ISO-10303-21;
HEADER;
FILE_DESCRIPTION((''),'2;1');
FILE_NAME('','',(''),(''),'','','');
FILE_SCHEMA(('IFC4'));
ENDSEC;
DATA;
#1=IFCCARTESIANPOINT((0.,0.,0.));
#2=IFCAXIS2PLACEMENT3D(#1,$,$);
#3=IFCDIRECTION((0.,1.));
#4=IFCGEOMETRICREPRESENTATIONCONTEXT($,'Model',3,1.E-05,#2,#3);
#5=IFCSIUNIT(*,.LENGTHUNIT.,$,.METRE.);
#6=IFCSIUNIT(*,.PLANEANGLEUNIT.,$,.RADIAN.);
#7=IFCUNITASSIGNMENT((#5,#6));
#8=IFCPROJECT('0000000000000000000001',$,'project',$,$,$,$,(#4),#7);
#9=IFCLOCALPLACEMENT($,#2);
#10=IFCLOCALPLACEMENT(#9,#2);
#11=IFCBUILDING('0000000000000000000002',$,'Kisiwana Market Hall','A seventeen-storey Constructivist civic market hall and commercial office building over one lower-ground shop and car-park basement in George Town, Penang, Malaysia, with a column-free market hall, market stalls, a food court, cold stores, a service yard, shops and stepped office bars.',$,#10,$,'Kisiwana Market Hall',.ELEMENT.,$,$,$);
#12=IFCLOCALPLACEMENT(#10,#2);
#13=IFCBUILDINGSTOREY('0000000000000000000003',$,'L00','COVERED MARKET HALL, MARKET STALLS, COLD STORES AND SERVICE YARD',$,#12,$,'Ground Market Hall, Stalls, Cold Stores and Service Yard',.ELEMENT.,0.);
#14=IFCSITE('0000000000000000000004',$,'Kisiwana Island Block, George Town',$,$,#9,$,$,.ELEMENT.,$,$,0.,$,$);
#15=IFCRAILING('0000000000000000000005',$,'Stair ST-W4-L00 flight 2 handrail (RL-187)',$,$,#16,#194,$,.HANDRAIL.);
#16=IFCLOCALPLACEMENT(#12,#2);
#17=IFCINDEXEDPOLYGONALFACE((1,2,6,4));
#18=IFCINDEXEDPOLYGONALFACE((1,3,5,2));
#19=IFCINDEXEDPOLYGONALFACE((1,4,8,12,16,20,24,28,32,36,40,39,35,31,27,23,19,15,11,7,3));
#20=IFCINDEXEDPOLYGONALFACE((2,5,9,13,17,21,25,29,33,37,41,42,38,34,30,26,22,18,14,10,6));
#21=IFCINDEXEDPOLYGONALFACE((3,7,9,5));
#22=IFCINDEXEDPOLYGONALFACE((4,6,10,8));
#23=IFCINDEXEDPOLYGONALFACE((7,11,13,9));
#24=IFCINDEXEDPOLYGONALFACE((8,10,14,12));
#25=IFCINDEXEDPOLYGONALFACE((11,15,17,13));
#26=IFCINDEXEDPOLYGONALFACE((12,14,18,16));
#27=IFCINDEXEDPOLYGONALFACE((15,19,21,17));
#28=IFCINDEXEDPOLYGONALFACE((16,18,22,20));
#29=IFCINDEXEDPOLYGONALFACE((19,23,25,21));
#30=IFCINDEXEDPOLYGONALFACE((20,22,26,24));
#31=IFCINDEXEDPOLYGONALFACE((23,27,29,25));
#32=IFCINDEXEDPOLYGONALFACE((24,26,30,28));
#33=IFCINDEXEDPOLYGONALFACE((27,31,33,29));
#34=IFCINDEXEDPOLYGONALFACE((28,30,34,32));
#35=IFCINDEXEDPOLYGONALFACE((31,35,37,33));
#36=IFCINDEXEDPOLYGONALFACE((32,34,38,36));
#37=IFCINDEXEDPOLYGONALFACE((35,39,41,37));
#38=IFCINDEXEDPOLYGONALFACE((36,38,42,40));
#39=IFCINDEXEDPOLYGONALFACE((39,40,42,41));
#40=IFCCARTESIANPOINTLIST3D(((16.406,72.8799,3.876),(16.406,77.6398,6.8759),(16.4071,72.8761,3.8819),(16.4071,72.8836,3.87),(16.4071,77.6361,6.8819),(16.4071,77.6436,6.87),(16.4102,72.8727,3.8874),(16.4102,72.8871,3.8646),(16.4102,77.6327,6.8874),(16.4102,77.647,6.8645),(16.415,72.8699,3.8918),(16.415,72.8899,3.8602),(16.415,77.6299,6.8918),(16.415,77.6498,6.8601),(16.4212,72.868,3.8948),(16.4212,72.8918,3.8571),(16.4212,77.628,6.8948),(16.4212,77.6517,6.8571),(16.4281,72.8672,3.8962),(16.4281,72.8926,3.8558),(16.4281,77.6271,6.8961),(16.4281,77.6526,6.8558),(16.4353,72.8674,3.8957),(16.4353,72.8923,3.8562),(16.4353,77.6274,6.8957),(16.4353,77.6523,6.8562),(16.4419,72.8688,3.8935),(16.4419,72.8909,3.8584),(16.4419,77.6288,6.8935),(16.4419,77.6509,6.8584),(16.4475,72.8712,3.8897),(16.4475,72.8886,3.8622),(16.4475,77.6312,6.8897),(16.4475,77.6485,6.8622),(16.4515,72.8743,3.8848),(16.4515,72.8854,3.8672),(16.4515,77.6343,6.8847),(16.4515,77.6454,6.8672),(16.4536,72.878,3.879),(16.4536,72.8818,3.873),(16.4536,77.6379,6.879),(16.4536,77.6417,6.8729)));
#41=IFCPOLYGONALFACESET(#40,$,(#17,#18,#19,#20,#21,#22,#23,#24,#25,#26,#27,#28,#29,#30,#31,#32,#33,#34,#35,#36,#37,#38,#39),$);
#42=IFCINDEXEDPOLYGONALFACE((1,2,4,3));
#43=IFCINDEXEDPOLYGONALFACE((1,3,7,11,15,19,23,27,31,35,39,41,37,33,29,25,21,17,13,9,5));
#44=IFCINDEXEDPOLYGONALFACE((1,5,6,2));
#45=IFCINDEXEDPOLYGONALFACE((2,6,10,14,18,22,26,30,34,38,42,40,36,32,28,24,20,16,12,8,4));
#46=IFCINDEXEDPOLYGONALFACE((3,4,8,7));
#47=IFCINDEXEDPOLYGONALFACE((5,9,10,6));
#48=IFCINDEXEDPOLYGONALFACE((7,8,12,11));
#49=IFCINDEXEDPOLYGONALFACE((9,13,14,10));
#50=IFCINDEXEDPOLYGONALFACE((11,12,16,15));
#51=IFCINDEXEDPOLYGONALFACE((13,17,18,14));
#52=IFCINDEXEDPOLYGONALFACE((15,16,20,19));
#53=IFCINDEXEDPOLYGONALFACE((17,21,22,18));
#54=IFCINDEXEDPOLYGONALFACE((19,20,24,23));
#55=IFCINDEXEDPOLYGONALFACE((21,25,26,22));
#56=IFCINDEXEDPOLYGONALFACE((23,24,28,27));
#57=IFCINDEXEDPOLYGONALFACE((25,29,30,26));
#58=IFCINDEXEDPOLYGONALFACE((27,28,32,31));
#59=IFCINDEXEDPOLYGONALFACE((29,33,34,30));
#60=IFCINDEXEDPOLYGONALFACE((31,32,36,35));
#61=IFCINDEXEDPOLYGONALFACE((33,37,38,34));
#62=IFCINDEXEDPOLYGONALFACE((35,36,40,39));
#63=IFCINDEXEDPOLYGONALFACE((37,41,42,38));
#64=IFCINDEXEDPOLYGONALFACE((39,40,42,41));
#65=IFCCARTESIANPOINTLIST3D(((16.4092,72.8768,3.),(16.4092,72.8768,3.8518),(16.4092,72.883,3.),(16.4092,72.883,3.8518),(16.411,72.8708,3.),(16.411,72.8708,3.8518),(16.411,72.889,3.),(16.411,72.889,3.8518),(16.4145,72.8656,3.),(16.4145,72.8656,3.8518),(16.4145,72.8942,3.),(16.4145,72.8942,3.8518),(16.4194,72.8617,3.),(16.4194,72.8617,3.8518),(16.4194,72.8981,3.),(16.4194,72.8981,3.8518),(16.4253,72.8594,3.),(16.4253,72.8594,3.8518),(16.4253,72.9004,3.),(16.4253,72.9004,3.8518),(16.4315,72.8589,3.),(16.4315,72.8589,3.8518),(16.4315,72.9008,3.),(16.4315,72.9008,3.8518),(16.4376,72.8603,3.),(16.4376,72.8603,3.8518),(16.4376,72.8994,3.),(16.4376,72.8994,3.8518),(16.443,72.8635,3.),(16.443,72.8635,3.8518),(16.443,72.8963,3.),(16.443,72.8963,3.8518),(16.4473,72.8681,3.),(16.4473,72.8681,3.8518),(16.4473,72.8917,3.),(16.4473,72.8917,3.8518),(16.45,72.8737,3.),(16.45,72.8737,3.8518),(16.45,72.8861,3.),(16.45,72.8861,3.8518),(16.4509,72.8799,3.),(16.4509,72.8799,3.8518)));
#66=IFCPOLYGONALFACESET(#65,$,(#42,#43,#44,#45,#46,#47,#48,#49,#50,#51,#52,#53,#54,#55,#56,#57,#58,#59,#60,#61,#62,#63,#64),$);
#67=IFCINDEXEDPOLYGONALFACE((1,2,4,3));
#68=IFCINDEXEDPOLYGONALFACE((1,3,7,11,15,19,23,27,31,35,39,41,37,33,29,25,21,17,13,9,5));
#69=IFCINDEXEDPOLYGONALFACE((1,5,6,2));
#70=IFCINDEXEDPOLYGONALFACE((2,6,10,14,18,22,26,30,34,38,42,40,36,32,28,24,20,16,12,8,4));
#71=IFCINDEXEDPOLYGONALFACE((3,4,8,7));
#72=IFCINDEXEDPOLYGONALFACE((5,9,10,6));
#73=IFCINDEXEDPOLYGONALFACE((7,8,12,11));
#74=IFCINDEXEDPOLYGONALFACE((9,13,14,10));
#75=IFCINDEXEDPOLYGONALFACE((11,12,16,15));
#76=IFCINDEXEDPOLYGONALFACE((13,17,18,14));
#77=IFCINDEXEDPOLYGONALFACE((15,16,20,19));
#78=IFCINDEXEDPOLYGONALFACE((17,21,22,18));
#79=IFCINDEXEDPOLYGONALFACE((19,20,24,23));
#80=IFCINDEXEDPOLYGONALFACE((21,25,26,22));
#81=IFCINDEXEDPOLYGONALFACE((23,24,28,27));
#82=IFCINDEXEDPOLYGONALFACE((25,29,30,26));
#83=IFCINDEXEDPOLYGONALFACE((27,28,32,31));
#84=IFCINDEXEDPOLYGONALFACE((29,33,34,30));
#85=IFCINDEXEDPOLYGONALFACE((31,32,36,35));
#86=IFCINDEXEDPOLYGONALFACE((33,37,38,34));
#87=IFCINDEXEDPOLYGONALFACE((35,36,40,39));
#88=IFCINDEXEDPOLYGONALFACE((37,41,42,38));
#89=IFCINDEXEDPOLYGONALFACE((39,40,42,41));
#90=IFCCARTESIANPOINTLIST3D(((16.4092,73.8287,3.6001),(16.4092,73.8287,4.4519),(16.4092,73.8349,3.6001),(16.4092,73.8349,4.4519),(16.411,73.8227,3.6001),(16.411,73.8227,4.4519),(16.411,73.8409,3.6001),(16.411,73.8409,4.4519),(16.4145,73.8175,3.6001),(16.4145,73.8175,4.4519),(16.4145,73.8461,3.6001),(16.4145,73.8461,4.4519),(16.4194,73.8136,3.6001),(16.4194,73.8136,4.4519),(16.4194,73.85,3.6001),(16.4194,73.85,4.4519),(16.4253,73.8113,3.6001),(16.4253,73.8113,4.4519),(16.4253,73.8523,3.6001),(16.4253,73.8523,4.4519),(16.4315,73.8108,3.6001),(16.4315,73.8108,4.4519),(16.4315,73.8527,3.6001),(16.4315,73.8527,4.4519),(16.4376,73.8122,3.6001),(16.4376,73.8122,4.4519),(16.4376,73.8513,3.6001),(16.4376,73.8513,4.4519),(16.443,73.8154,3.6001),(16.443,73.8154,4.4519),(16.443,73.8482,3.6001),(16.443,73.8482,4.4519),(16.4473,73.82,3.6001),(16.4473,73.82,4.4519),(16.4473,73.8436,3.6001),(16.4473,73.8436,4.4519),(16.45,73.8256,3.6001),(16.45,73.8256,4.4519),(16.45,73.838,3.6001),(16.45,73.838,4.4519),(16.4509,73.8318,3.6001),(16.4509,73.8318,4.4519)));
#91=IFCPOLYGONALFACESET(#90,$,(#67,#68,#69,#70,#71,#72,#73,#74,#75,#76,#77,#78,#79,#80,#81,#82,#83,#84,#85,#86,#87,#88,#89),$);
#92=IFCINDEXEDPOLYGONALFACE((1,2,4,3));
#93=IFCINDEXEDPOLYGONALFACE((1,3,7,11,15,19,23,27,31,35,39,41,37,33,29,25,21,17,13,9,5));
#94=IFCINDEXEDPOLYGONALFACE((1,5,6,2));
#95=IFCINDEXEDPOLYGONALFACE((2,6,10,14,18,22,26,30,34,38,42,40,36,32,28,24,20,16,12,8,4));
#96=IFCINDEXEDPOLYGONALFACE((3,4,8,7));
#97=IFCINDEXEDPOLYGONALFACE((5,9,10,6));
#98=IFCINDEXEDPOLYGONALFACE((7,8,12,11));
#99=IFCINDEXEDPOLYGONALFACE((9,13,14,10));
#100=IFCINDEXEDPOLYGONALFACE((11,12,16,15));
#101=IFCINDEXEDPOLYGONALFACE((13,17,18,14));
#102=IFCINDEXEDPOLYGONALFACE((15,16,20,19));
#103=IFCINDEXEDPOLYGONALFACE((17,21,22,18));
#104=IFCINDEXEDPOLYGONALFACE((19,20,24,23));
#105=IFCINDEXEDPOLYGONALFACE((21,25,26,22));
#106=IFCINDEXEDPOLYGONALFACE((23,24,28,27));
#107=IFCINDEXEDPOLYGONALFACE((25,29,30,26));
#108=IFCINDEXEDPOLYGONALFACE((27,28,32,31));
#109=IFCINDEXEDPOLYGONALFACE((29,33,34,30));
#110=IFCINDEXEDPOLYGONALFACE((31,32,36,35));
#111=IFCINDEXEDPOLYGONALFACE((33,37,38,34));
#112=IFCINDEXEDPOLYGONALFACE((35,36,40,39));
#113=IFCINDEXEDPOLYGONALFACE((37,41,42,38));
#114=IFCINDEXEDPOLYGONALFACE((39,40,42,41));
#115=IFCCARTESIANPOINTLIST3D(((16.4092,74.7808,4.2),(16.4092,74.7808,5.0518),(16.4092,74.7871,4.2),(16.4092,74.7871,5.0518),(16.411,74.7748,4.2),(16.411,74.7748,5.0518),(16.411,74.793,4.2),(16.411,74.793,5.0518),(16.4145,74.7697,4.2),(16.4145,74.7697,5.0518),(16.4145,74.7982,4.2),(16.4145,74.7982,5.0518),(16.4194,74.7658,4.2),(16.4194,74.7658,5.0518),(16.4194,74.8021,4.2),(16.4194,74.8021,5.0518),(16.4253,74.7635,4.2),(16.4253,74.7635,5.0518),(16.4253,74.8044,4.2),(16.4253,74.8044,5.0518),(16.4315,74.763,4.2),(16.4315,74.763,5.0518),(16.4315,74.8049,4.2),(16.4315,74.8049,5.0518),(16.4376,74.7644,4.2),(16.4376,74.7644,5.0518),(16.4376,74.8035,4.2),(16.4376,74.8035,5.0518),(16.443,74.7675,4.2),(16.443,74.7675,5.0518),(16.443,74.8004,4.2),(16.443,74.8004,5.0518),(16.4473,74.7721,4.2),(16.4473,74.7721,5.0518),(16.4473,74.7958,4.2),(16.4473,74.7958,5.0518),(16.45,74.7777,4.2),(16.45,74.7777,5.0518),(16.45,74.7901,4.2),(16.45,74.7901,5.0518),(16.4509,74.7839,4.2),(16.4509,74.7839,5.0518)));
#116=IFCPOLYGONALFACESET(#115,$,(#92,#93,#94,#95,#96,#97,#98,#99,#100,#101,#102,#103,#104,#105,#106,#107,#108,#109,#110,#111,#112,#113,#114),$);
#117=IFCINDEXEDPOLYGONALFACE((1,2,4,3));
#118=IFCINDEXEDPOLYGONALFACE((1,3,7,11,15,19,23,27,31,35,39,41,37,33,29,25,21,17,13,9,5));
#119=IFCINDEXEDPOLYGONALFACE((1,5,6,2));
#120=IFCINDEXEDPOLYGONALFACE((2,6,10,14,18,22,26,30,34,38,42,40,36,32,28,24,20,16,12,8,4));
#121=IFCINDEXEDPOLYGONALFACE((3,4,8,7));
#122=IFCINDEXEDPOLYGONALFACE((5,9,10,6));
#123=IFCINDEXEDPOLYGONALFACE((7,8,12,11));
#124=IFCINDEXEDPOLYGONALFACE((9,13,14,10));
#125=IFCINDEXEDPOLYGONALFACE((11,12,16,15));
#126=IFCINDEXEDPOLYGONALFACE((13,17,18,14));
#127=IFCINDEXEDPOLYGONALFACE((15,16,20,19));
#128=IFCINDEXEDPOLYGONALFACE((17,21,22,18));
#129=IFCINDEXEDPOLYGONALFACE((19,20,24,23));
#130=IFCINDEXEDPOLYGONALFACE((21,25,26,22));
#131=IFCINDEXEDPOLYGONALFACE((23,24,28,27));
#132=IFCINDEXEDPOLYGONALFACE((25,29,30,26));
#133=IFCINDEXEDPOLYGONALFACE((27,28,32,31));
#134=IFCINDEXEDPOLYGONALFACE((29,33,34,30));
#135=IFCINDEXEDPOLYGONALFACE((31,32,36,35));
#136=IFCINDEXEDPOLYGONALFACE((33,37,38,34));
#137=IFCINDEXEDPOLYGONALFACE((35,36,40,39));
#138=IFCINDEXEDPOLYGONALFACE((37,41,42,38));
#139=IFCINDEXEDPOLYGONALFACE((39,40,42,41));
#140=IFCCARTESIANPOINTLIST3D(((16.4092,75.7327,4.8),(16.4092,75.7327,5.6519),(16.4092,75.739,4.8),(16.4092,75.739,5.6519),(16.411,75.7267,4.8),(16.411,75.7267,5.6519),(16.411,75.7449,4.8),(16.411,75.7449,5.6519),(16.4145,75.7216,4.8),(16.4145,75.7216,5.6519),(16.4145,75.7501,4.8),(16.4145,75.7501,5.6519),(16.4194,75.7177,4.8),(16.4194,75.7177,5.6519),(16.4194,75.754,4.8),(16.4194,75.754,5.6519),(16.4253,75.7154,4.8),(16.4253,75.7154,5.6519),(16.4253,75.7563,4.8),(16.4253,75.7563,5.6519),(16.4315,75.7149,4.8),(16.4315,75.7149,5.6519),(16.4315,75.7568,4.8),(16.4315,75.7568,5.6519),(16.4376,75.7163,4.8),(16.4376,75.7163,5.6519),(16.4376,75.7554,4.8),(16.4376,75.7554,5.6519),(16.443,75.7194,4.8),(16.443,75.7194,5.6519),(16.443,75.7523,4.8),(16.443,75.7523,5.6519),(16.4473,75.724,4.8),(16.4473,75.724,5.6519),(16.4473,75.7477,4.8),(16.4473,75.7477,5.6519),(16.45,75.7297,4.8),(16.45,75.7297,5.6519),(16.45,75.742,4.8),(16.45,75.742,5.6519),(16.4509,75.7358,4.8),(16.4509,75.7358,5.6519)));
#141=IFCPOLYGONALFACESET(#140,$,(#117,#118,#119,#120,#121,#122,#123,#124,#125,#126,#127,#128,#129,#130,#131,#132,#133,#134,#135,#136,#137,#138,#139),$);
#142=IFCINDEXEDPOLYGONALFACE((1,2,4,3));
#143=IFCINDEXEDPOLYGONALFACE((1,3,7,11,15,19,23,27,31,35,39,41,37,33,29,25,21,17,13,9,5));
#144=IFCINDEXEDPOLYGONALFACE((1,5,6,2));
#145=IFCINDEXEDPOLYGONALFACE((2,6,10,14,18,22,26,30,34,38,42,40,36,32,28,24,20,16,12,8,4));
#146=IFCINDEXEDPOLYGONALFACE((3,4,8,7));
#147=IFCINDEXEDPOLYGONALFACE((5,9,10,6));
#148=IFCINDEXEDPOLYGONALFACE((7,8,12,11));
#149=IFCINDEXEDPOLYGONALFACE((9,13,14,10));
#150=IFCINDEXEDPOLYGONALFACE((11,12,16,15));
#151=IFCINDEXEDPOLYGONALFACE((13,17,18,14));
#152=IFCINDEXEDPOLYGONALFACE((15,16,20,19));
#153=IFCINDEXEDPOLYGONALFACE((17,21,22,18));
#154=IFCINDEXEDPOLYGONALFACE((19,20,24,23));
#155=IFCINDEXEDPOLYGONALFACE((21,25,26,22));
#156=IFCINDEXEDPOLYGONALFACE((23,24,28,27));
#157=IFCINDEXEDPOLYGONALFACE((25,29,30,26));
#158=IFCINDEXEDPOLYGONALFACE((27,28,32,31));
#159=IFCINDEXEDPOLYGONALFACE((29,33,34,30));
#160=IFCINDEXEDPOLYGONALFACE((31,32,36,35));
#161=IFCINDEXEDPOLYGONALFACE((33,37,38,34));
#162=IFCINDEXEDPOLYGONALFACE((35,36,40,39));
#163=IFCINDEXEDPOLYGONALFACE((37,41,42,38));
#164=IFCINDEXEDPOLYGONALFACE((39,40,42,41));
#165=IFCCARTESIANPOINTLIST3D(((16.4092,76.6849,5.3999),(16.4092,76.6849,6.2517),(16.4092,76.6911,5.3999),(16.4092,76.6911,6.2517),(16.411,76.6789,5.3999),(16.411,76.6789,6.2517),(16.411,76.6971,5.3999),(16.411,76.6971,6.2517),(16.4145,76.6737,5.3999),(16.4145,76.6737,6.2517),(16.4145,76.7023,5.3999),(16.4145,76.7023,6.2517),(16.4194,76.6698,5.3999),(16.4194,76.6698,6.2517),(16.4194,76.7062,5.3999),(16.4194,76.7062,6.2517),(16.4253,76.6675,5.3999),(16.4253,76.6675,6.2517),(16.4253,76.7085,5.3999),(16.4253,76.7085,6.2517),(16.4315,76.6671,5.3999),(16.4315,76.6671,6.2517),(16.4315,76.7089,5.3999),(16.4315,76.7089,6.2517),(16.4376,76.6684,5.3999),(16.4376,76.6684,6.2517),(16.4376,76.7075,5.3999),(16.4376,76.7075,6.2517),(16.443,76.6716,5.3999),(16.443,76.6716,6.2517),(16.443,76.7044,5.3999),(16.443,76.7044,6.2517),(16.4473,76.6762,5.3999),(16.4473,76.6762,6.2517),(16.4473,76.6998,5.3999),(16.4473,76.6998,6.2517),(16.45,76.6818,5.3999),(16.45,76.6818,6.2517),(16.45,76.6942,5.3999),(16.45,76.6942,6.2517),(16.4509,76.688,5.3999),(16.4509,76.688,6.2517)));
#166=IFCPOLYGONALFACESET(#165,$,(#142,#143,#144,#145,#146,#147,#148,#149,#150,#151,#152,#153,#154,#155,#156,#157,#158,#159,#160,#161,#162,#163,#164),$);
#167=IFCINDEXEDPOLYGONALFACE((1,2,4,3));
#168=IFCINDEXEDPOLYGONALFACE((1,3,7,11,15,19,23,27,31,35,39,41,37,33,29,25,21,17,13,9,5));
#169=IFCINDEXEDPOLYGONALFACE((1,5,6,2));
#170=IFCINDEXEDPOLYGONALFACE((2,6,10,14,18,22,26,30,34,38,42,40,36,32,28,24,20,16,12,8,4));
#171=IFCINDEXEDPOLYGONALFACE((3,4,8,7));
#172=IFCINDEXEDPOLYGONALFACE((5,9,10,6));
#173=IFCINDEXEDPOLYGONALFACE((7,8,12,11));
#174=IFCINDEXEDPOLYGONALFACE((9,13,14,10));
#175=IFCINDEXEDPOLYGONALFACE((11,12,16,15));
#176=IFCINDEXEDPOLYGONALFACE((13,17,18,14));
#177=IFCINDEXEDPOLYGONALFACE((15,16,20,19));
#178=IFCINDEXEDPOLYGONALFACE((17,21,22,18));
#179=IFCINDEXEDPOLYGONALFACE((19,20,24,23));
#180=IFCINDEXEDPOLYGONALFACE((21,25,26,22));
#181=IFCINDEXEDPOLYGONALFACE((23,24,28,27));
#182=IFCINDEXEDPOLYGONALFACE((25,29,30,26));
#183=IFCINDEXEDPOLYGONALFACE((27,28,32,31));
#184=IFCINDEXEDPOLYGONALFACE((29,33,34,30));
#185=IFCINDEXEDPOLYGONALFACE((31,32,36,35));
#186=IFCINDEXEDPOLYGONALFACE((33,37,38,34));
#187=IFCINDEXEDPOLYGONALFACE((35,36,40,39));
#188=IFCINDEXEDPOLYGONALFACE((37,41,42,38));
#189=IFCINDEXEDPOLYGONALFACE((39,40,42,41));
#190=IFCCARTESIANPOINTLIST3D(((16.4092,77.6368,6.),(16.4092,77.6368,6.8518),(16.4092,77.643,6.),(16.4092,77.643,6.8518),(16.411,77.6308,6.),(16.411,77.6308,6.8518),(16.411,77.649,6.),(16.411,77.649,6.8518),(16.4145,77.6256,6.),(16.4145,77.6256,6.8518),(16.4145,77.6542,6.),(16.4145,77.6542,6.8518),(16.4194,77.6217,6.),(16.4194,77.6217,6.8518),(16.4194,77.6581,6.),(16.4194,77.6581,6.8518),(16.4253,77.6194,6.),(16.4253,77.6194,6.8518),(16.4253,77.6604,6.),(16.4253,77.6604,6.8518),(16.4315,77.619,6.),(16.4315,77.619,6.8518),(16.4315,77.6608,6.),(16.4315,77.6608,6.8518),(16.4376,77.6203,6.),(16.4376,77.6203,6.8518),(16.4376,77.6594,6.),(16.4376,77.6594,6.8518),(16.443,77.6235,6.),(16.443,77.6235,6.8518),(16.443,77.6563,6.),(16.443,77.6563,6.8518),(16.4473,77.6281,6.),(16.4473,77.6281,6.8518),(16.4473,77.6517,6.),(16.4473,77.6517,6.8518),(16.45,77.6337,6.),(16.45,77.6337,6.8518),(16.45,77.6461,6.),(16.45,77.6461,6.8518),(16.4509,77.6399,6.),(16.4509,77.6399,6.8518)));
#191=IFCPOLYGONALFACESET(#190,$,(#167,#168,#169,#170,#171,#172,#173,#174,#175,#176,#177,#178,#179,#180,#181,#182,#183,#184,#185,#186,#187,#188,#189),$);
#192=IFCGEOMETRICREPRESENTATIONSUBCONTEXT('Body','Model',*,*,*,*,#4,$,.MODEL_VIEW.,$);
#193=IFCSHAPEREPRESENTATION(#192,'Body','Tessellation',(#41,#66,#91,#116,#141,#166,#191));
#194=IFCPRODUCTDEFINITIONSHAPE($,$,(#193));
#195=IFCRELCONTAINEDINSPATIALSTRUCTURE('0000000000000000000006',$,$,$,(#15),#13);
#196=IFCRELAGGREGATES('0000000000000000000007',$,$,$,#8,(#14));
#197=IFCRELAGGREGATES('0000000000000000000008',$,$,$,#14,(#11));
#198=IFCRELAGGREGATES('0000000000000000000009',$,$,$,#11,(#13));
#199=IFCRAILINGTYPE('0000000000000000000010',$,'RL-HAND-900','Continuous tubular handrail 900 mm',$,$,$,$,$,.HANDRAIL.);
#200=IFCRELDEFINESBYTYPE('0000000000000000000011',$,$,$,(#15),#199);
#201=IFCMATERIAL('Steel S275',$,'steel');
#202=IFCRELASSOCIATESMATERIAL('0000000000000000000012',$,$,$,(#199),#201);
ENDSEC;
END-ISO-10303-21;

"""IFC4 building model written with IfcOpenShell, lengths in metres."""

from ifc_helpers import new_model, si_unit, direction, frame, origin, origin_2d, place, context, subcontext, project, spatial, circle, extrude, material, type_object, element, save


model = new_model("IFC4")

# Units and contexts
model_context = context("Model", 3, precision=1e-05, world=origin(), true_north=direction((0.0, 1.0)))
body_context = subcontext(model_context, "Body", "Model", "MODEL_VIEW")
ifc_project = project(units=[si_unit("LENGTHUNIT", "METRE"), si_unit("PLANEANGLEUNIT", "RADIAN")], contexts=[model_context])

# Site, building, storey
site_placement = place(None, origin())
site = spatial("IfcSite", under=ifc_project, at=site_placement, Name="Kisiwana Island Block, George Town", CompositionType="ELEMENT", RefElevation=0.0)
building_placement = place(site_placement, origin())
building = spatial("IfcBuilding", under=site, at=building_placement, Name="Kisiwana Market Hall", Description="A seventeen-storey Constructivist civic market hall and commercial office building over one lower-ground shop and car-park basement in George Town, Penang, Malaysia, with a column-free market hall, market stalls, a food court, cold stores, a service yard, shops and stepped office bars.", LongName="Kisiwana Market Hall", CompositionType="ELEMENT")
storey_placement = place(building_placement, origin())
storey = spatial("IfcBuildingStorey", under=building, at=storey_placement, Name="L00", Description="COVERED MARKET HALL, MARKET STALLS, COLD STORES AND SERVICE YARD", LongName="Ground Market Hall, Stalls, Cold Stores and Service Yard", CompositionType="ELEMENT", Elevation=0.0)

# Railing
ifc_material_1 = material(Name="Steel S275", Category="steel")
railing_type = type_object("IfcRailingType", Name="RL-HAND-900", Description="Continuous tubular handrail 900 mm", PredefinedType="HANDRAIL", material=ifc_material_1)
for number, where, name in (
    (1, (16.4299, 72.8799, 3.0), "Stair ST-W4-L00 flight 2 handrail (RL-187)"),
):
    element("IfcRailing", number, at=place(storey_placement, frame(where)), inside=storey, type_object=railing_type, Name=name, PredefinedType="HANDRAIL", context=body_context, shape_type="SweptSolid", body=[
        extrude(circle(Radius=0.0239, at=origin_2d()), frame((0.0, 0.0, 0.876), z_axis=(0.0, 0.845996, 0.53319), x_axis=(-1.0, 0.0, 0.0)), (0.0, 0.0, 1.0), 5.6265),
        extrude(circle(Radius=0.021, at=origin_2d()), origin(), (0.0, 0.0, 1.0), 0.8518),
        extrude(circle(Radius=0.021, at=origin_2d()), frame((0.0, 0.9519, 0.6001)), (0.0, 0.0, 1.0), 0.8518),
        extrude(circle(Radius=0.021, at=origin_2d()), frame((0.0, 1.9041, 1.2)), (0.0, 0.0, 1.0), 0.8518),
        extrude(circle(Radius=0.021, at=origin_2d()), frame((0.0, 2.856, 1.8)), (0.0, 0.0, 1.0), 0.8518),
        extrude(circle(Radius=0.021, at=origin_2d()), frame((0.0, 3.8081, 2.3999)), (0.0, 0.0, 1.0), 0.8518),
        extrude(circle(Radius=0.021, at=origin_2d()), frame((0.0, 4.76, 3.0)), (0.0, 0.0, 1.0), 0.8518),
    ])

save(model, "model.ifc")
